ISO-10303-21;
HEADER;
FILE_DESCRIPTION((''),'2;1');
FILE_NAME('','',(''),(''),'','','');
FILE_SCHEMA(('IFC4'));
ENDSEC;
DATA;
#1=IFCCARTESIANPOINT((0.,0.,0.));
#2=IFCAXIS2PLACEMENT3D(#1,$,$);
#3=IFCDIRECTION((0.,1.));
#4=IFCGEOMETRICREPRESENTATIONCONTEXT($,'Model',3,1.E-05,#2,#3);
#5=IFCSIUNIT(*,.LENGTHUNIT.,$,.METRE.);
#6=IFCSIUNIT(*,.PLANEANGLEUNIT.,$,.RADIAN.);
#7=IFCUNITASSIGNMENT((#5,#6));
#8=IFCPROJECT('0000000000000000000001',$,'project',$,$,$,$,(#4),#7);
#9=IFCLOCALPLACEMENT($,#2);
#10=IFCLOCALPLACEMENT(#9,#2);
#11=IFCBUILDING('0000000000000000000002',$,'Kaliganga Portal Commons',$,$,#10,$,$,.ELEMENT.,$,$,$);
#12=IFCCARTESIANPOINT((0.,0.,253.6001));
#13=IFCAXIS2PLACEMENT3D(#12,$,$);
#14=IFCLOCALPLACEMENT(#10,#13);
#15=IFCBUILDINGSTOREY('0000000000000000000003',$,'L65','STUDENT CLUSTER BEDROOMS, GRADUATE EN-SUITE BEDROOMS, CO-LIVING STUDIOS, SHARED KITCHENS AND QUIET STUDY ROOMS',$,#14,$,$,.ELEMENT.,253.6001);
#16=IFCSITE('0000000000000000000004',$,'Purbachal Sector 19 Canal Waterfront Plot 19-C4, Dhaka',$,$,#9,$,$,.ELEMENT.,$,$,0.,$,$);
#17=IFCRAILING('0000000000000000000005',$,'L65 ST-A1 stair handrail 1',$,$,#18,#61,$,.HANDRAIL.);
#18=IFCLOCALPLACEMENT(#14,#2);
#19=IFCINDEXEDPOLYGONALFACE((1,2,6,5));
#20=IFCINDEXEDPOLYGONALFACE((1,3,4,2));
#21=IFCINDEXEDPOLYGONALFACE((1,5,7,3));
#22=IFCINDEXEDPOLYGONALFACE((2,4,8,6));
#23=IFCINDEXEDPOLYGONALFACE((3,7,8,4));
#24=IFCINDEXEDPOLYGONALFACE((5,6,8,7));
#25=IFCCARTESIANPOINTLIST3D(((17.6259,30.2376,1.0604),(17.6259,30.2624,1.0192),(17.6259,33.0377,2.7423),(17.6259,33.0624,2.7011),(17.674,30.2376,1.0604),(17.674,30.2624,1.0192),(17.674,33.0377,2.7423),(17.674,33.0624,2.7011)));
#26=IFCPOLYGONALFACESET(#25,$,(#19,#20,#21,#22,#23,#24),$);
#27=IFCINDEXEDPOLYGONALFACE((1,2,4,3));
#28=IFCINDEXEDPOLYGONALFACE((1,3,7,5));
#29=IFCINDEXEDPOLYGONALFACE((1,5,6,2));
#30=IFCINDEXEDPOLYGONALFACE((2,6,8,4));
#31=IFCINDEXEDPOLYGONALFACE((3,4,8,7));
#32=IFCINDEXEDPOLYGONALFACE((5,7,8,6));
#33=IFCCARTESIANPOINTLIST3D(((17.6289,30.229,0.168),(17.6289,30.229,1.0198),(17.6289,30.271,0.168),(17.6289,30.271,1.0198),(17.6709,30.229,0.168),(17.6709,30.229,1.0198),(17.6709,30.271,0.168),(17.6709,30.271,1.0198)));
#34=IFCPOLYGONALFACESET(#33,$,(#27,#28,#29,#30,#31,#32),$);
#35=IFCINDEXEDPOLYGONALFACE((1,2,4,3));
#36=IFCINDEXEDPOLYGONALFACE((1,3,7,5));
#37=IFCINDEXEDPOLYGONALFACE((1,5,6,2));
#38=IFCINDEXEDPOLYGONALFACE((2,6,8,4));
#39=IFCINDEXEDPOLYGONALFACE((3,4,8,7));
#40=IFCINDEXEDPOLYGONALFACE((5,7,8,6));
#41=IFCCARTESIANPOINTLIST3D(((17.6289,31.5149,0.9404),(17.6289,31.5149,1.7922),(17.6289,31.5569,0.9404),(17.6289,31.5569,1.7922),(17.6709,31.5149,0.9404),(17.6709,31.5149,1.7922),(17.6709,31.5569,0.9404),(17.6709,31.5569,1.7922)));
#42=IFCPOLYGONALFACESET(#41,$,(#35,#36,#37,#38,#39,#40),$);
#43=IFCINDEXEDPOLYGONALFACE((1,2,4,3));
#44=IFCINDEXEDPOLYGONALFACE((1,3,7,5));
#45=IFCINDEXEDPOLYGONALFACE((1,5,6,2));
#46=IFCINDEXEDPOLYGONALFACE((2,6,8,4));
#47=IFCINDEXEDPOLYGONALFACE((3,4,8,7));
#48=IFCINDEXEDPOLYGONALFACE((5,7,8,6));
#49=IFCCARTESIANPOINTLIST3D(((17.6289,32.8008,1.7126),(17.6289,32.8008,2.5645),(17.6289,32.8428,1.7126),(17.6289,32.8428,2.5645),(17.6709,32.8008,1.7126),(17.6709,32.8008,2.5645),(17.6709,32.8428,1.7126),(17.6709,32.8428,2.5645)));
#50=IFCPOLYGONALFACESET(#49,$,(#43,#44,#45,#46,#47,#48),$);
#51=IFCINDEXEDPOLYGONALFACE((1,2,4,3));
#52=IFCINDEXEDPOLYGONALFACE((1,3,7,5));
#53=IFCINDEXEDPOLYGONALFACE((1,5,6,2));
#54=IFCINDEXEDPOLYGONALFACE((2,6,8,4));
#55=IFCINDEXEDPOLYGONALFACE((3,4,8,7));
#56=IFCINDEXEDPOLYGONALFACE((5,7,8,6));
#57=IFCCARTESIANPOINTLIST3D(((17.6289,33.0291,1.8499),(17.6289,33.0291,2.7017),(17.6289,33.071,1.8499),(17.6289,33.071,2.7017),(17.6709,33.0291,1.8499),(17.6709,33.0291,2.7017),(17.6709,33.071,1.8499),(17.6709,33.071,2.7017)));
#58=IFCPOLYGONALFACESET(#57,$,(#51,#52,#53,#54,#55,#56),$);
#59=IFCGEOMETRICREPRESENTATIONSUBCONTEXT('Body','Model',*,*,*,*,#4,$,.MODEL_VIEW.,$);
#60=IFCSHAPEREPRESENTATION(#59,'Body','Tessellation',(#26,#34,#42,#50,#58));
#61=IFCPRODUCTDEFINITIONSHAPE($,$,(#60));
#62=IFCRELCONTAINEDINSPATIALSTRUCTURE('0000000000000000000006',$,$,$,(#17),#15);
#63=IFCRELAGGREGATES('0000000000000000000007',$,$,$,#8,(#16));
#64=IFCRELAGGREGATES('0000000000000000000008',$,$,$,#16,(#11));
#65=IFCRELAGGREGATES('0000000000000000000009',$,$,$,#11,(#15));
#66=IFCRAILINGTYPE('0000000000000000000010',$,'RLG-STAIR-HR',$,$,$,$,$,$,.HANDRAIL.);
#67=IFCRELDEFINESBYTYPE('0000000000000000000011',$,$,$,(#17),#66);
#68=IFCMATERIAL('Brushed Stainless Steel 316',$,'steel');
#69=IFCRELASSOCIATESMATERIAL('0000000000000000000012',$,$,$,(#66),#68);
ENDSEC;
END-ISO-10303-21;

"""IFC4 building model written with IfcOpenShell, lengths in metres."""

from ifc_helpers import new_model, si_unit, direction, frame, origin, origin_2d, place, context, subcontext, project, spatial, rectangle, extrude, material, type_object, element, save


model = new_model("IFC4")

# Units and contexts
model_context = context("Model", 3, precision=1e-05, world=origin(), true_north=direction((0.0, 1.0)))
body_context = subcontext(model_context, "Body", "Model", "MODEL_VIEW")
ifc_project = project(units=[si_unit("LENGTHUNIT", "METRE"), si_unit("PLANEANGLEUNIT", "RADIAN")], contexts=[model_context])

# Site, building, storey
site_placement = place(None, origin())
site = spatial("IfcSite", under=ifc_project, at=site_placement, Name="Purbachal Sector 19 Canal Waterfront Plot 19-C4, Dhaka", CompositionType="ELEMENT", RefElevation=0.0)
building_placement = place(site_placement, origin())
building = spatial("IfcBuilding", under=site, at=building_placement, Name="Kaliganga Portal Commons", CompositionType="ELEMENT")
storey_placement = place(building_placement, frame((0.0, 0.0, 253.6001)))
storey = spatial("IfcBuildingStorey", under=building, at=storey_placement, Name="L65", Description="STUDENT CLUSTER BEDROOMS, GRADUATE EN-SUITE BEDROOMS, CO-LIVING STUDIOS, SHARED KITCHENS AND QUIET STUDY ROOMS", CompositionType="ELEMENT", Elevation=253.6001)

# Railing
ifc_material_1 = material(Name="Brushed Stainless Steel 316", Category="steel")
railing_type_1 = type_object("IfcRailingType", Name="RLG-STAIR-HR", PredefinedType="HANDRAIL", material=ifc_material_1)
railing_1_placement = place(storey_placement, frame((17.6499, 30.25, 0.168)))
element("IfcRailing", 1, at=railing_1_placement, inside=storey, type_object=railing_type_1, Name="L65 ST-A1 stair handrail 1", PredefinedType="HANDRAIL", context=body_context, shape_type="SweptSolid", body=[
    extrude(rectangle(XDim=0.0481, YDim=0.0481, at=origin_2d()), frame((0.0, 0.0, 0.8718), z_axis=(0.0, 0.857242, 0.514913), x_axis=(-1.0, 0.0, 0.0)), (0.0, 0.0, 1.0), 3.2664),
    extrude(rectangle(XDim=0.042, YDim=0.042, at=origin_2d()), origin(), (0.0, 0.0, 1.0), 0.8518),
    extrude(rectangle(XDim=0.042, YDim=0.042, at=origin_2d()), frame((0.0, 1.2859, 0.7725)), (0.0, 0.0, 1.0), 0.8518),
    extrude(rectangle(XDim=0.042, YDim=0.042, at=origin_2d()), frame((0.0, 2.5718, 1.5447)), (0.0, 0.0, 1.0), 0.8518),
    extrude(rectangle(XDim=0.042, YDim=0.042, at=origin_2d()), frame((0.0, 2.8, 1.6819)), (0.0, 0.0, 1.0), 0.8518),
])

save(model, "model.ifc")
